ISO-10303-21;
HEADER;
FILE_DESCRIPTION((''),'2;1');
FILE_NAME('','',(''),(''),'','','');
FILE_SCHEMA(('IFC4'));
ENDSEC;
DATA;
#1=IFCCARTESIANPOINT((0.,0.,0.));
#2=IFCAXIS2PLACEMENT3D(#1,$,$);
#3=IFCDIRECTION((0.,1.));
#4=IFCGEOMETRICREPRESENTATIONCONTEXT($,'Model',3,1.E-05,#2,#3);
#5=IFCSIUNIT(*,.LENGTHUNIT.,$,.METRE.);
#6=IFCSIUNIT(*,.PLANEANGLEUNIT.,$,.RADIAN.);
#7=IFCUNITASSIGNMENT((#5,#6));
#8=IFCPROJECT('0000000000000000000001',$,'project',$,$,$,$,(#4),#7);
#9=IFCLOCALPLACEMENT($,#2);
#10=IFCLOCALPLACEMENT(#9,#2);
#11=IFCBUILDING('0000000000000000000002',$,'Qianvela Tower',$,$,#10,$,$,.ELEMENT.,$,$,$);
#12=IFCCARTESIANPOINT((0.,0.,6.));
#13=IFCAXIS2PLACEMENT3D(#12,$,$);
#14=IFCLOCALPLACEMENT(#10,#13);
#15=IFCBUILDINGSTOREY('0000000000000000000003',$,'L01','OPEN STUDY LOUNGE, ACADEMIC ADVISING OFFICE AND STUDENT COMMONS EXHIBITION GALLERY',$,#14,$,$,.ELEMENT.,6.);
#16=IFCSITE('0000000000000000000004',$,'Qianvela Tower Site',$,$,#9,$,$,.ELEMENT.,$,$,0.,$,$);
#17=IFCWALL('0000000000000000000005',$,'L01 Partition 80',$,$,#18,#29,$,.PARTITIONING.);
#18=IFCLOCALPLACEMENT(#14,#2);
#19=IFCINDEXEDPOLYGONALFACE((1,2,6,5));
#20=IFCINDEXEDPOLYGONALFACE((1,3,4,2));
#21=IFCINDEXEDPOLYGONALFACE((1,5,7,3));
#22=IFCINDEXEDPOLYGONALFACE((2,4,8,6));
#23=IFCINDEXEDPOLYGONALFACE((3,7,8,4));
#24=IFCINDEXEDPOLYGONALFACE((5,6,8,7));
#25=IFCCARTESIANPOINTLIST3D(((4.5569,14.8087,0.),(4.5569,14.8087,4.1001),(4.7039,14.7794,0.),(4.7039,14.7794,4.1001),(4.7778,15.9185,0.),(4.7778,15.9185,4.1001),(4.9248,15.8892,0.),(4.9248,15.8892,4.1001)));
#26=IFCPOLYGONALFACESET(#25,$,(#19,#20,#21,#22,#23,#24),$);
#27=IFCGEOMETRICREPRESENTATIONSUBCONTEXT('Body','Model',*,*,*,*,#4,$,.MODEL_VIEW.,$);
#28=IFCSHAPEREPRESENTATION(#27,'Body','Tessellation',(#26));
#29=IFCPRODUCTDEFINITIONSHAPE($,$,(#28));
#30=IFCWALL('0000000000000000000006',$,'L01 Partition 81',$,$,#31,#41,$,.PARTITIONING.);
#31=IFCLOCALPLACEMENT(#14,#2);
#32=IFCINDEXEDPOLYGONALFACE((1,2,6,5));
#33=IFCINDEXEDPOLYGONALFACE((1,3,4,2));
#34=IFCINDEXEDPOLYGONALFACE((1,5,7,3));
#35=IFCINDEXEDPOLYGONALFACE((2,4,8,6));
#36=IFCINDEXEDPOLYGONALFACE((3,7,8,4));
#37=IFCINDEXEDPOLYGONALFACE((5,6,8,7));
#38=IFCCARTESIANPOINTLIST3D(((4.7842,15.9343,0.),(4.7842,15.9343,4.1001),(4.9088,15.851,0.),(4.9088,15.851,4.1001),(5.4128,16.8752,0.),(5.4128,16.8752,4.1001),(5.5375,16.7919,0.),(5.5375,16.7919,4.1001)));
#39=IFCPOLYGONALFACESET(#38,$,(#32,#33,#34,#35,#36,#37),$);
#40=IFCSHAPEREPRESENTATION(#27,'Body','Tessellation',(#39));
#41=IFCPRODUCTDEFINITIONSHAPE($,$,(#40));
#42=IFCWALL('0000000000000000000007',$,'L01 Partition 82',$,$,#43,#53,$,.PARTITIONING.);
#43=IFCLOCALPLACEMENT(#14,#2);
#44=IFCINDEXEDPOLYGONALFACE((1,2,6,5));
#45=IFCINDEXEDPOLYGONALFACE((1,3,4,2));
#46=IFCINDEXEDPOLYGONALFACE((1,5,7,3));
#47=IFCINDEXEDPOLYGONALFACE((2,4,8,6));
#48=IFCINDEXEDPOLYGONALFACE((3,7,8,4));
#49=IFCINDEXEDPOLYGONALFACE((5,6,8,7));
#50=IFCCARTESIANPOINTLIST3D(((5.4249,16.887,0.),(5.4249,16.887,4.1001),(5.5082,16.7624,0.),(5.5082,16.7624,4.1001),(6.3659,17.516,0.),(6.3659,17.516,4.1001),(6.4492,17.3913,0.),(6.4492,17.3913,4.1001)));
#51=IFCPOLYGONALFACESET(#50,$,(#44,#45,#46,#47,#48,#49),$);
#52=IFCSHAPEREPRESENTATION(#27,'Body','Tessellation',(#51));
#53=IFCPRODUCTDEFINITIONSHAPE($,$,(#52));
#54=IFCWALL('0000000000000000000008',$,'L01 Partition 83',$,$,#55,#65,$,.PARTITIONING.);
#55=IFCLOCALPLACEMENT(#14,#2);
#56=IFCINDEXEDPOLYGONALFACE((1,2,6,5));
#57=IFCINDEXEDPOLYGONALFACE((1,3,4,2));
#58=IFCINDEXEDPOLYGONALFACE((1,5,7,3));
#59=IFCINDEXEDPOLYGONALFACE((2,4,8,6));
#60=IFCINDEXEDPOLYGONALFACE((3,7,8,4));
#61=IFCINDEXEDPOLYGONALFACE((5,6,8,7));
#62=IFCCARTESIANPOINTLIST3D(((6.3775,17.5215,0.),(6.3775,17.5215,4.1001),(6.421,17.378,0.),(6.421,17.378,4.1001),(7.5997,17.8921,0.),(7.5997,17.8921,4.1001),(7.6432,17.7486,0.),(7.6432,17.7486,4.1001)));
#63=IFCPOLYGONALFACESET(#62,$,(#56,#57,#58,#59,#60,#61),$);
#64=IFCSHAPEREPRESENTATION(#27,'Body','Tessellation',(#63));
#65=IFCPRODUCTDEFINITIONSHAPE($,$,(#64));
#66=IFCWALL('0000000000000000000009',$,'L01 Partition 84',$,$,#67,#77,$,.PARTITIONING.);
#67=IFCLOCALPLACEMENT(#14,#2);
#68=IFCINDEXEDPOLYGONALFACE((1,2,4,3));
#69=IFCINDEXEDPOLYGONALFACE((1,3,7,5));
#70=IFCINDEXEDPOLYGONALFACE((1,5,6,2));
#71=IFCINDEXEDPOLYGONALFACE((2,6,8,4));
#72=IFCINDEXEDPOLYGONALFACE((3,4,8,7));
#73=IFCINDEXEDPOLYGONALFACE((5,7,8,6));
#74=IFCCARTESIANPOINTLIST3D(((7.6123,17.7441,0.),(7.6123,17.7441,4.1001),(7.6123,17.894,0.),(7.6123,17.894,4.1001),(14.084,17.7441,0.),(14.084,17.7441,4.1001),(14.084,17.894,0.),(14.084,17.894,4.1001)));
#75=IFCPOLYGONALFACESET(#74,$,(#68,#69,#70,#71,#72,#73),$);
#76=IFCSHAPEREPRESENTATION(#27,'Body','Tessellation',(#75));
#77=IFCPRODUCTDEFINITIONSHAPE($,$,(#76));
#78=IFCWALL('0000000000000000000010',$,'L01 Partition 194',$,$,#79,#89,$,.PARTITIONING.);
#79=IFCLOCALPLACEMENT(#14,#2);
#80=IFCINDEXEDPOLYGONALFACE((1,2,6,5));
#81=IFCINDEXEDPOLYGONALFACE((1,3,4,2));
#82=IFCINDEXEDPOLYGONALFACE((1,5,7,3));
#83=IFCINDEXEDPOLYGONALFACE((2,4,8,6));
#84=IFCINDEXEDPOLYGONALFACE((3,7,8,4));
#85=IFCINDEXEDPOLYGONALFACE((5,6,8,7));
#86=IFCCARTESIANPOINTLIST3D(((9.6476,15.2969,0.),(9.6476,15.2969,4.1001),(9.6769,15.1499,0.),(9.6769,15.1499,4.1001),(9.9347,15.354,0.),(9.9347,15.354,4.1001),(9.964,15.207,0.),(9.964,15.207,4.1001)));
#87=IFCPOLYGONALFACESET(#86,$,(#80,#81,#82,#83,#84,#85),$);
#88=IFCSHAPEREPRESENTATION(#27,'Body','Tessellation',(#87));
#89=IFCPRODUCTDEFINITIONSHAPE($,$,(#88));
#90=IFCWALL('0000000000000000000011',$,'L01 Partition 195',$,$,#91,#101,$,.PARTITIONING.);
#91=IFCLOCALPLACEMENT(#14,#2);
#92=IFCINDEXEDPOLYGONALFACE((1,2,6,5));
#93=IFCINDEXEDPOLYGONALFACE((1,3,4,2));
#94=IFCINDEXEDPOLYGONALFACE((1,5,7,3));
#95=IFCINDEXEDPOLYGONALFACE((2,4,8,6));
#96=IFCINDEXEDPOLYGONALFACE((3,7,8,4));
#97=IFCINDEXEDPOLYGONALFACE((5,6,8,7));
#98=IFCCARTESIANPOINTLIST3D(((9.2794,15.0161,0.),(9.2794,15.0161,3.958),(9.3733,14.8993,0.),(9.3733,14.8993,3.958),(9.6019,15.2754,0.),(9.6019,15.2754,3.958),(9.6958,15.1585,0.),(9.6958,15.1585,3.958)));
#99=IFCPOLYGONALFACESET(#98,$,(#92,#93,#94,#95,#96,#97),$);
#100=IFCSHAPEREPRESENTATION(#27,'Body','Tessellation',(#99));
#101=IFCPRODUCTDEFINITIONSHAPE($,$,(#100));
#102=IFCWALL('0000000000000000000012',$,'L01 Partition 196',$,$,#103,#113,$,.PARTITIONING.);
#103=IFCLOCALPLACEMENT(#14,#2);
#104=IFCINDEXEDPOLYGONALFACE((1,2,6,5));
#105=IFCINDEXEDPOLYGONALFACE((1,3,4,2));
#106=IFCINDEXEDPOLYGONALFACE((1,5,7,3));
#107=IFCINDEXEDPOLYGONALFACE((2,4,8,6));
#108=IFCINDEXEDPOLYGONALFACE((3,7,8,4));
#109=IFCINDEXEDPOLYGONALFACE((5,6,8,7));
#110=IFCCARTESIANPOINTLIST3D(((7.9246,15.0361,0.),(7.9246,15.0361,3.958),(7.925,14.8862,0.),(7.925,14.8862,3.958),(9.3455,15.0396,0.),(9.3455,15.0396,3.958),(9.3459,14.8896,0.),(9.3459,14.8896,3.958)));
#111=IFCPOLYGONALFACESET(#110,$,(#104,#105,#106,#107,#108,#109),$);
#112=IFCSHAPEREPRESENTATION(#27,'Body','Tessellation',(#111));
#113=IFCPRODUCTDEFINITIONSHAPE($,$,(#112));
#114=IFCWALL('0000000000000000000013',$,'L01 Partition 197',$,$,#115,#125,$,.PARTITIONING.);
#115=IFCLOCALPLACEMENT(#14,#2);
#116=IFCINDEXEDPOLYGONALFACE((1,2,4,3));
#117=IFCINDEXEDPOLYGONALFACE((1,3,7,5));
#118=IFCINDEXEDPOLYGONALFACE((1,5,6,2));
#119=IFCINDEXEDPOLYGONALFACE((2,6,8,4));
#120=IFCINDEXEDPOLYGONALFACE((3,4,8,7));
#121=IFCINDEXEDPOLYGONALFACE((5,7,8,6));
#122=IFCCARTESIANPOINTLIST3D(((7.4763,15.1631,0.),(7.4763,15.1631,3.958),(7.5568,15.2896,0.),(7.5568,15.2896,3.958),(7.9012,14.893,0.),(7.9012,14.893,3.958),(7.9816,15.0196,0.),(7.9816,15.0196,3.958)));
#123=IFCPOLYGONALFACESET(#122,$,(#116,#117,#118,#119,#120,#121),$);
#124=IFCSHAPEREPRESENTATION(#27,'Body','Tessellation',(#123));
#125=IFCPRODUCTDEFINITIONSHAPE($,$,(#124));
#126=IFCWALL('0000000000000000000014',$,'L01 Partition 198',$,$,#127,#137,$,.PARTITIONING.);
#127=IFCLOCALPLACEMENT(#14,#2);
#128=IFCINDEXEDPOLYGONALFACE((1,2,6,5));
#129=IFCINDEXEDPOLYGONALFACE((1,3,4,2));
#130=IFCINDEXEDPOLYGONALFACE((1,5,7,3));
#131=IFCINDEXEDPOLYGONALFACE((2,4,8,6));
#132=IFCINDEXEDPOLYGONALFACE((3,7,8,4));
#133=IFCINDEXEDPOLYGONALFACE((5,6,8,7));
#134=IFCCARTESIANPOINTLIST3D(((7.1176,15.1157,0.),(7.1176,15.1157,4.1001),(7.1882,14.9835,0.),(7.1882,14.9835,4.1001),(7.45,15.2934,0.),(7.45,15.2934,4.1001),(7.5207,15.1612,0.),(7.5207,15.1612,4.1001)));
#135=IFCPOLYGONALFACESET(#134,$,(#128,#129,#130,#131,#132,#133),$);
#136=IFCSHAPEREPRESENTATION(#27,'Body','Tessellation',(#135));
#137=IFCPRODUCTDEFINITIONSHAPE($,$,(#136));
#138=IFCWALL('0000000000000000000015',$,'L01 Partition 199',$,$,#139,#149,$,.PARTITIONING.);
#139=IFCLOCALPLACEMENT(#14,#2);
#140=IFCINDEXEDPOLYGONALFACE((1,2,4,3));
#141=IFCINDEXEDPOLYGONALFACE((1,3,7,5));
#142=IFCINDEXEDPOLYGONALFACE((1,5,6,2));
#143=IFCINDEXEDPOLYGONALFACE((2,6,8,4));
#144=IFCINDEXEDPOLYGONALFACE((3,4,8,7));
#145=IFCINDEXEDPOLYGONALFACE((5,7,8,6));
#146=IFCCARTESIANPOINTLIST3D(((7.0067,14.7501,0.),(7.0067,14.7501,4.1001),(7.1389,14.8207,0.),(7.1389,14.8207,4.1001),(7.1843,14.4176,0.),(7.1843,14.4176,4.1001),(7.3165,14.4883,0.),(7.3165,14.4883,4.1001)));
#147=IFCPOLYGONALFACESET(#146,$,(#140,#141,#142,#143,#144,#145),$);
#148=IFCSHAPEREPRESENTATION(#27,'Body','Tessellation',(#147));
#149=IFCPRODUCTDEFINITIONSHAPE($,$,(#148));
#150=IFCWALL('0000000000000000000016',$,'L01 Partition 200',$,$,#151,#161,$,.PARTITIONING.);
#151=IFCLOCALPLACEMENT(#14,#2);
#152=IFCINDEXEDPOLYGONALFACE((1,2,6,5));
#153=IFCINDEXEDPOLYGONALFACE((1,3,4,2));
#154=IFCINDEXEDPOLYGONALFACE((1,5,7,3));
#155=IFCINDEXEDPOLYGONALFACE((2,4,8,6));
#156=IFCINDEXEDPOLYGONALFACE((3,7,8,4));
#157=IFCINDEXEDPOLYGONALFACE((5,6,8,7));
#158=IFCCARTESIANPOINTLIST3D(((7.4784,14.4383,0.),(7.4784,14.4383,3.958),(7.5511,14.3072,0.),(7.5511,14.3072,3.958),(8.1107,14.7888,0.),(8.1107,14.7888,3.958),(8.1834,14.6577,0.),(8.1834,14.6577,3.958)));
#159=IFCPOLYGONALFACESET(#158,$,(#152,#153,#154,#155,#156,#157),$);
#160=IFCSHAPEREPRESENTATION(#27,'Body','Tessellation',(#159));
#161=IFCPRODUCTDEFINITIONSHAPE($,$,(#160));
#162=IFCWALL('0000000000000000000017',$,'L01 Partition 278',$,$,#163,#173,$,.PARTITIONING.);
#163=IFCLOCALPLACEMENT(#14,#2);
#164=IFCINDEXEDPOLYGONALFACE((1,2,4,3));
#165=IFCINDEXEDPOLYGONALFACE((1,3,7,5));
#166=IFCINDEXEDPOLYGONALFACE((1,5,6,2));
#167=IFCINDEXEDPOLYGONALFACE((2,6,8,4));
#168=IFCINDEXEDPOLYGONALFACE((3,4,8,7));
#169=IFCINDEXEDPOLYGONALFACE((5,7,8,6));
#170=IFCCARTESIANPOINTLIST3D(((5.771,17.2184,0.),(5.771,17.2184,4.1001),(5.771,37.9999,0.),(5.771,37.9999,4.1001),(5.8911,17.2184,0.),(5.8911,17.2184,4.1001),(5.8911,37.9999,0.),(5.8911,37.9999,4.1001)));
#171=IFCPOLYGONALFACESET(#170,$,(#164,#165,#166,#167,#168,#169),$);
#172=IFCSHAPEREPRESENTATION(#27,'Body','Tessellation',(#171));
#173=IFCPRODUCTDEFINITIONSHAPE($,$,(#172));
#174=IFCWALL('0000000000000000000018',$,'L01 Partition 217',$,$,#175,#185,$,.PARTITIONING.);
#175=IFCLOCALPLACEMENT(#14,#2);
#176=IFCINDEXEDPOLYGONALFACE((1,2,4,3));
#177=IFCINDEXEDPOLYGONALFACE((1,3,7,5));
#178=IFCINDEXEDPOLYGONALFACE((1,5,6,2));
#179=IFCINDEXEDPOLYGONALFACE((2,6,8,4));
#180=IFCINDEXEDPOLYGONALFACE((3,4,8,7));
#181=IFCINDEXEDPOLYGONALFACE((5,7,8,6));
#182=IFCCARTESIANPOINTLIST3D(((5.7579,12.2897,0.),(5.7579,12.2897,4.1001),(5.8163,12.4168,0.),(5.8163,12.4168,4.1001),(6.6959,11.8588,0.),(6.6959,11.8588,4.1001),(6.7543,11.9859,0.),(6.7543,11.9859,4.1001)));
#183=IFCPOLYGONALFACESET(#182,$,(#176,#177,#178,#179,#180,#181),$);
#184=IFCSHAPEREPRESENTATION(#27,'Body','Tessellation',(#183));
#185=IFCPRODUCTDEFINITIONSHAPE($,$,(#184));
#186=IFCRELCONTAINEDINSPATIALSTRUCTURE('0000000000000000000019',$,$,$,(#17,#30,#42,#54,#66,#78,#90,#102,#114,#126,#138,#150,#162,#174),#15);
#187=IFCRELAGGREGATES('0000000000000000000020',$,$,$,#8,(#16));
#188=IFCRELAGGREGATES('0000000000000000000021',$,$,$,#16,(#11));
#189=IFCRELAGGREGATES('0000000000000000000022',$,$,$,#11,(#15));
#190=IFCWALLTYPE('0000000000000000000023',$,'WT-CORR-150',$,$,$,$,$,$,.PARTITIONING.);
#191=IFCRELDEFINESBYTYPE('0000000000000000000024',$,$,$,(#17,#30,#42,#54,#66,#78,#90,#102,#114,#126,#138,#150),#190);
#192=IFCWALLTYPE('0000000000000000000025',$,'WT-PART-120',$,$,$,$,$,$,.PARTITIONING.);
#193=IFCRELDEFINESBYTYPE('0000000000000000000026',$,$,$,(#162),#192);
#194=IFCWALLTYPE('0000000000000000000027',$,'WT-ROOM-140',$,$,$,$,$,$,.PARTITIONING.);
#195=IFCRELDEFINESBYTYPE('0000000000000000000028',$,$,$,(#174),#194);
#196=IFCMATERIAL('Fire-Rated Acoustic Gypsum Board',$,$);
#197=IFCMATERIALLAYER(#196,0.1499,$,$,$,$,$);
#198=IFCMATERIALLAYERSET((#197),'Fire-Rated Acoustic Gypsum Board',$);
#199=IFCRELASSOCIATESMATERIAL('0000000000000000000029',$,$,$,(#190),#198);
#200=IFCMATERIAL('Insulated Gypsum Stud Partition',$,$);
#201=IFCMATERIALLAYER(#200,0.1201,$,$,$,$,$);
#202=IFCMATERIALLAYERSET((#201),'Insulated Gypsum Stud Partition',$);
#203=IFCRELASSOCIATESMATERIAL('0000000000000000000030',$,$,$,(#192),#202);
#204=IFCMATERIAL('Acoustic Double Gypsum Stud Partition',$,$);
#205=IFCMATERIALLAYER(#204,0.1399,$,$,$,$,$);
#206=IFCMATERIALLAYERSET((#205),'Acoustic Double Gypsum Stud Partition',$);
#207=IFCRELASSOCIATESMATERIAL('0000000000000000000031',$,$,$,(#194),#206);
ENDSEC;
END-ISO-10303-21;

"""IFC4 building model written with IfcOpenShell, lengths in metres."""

from ifc_helpers import new_model, si_unit, direction, frame, frame_2d, origin, place, context, subcontext, project, spatial, rectangle, extrude, material, layer, layer_set, type_object, element, save


model = new_model("IFC4")

# Units and contexts
model_context = context("Model", 3, precision=1e-05, world=origin(), true_north=direction((0.0, 1.0)))
body_context = subcontext(model_context, "Body", "Model", "MODEL_VIEW")
ifc_project = project(units=[si_unit("LENGTHUNIT", "METRE"), si_unit("PLANEANGLEUNIT", "RADIAN")], contexts=[model_context])

# Site, building, storey
site_placement = place(None, origin())
site = spatial("IfcSite", under=ifc_project, at=site_placement, Name="Qianvela Tower Site", CompositionType="ELEMENT", RefElevation=0.0)
building_placement = place(site_placement, origin())
building = spatial("IfcBuilding", under=site, at=building_placement, Name="Qianvela Tower", CompositionType="ELEMENT")
storey_placement = place(building_placement, frame((0.0, 0.0, 6.0)))
storey = spatial("IfcBuildingStorey", under=building, at=storey_placement, Name="L01", Description="OPEN STUDY LOUNGE, ACADEMIC ADVISING OFFICE AND STUDENT COMMONS EXHIBITION GALLERY", CompositionType="ELEMENT", Elevation=6.0)

# Walls
ifc_material_1 = material(Name="Fire-Rated Acoustic Gypsum Board")
ifc_layer_1 = layer(ifc_material_1, 0.1499)
ifc_layer_set_1 = layer_set([ifc_layer_1], Name="Fire-Rated Acoustic Gypsum Board")
wall_type_1 = type_object("IfcWallType", Name="WT-CORR-150", PredefinedType="PARTITIONING", material=ifc_layer_set_1)
for number, where, z_axis, x_axis, name in (
    (1, (4.6304, 14.7939, 0.0), (0.0, 0.0, 1.0), (0.195245, 0.980755, 0.0), "L01 Partition 80"),
    (2, (4.8464, 15.8926, 0.0), (0.0, 0.0, 1.0), (0.555546, 0.831486, 0.0), "L01 Partition 81"),
):
    element("IfcWall", number, at=place(storey_placement, frame(where, z_axis=z_axis, x_axis=x_axis)), inside=storey, type_object=wall_type_1, Name=name, PredefinedType="PARTITIONING", context=body_context, shape_type="SweptSolid", body=[
        extrude(rectangle(XDim=1.1316, YDim=0.1499, at=frame_2d((0.5659, 0.0))), origin(), (0.0, 0.0, 1.0), 4.1001),
    ])
wall_1_placement = place(storey_placement, frame((5.4666, 16.8247, 0.0), z_axis=(0.0, 0.0, 1.0), x_axis=(0.831386, 0.555695, 0.0)))
element("IfcWall", 3, at=wall_1_placement, inside=storey, type_object=wall_type_1, Name="L01 Partition 82", PredefinedType="PARTITIONING", context=body_context, shape_type="SweptSolid", body=[
    extrude(rectangle(XDim=1.1318, YDim=0.1499, at=frame_2d((0.5659, 0.0))), origin(), (0.0, 0.0, 1.0), 4.1001),
])
wall_2_placement = place(storey_placement, frame((6.3992, 17.4497, 0.0), z_axis=(0.0, 0.0, 1.0), x_axis=(0.95697, 0.290188, 0.0)))
element("IfcWall", 4, at=wall_2_placement, inside=storey, type_object=wall_type_1, Name="L01 Partition 83", PredefinedType="PARTITIONING", context=body_context, shape_type="SweptSolid", body=[
    extrude(rectangle(XDim=1.2771, YDim=0.1499, at=frame_2d((0.6387, 0.0))), origin(), (0.0, 0.0, 1.0), 4.1001),
])
wall_3_placement = place(storey_placement, frame((7.6123, 17.8191, 0.0), z_axis=(0.0, 0.0, 1.0), x_axis=(1.0, 0.0, 0.0)))
element("IfcWall", 5, at=wall_3_placement, inside=storey, type_object=wall_type_1, Name="L01 Partition 84", PredefinedType="PARTITIONING", context=body_context, shape_type="SweptSolid", body=[
    extrude(rectangle(XDim=6.4717, YDim=0.1499, at=frame_2d((3.2358, 0.0))), origin(), (0.0, 0.0, 1.0), 4.1001),
])
wall_4_placement = place(storey_placement, frame((9.9495, 15.2805, 0.0), z_axis=(0.0, 0.0, 1.0), x_axis=(-0.980773, -0.195154, 0.0)))
element("IfcWall", 6, at=wall_4_placement, inside=storey, type_object=wall_type_1, Name="L01 Partition 194", PredefinedType="PARTITIONING", context=body_context, shape_type="SweptSolid", body=[
    extrude(rectangle(XDim=0.2927, YDim=0.1499, at=frame_2d((0.1465, 0.0))), origin(), (0.0, 0.0, 1.0), 4.1001),
])
wall_5_placement = place(storey_placement, frame((9.6489, 15.217, 0.0), z_axis=(0.0, 0.0, 1.0), x_axis=(-0.77937, -0.626564, 0.0)))
element("IfcWall", 7, at=wall_5_placement, inside=storey, type_object=wall_type_1, Name="L01 Partition 195", PredefinedType="PARTITIONING", context=body_context, shape_type="SweptSolid", body=[
    extrude(rectangle(XDim=0.4138, YDim=0.1499, at=frame_2d((0.207, 0.0))), origin(), (0.0, 0.0, 1.0), 3.958),
])
wall_6_placement = place(storey_placement, frame((9.3457, 14.9646, 0.0), z_axis=(0.0, 0.0, 1.0), x_axis=(-0.999997, -0.002405, 0.0)))
element("IfcWall", 8, at=wall_6_placement, inside=storey, type_object=wall_type_1, Name="L01 Partition 196", PredefinedType="PARTITIONING", context=body_context, shape_type="SweptSolid", body=[
    extrude(rectangle(XDim=1.4209, YDim=0.1499, at=frame_2d((0.7104, 0.0))), origin(), (0.0, 0.0, 1.0), 3.958),
])
wall_7_placement = place(storey_placement, frame((7.9414, 14.9563, 0.0), z_axis=(0.0, 0.0, 1.0), x_axis=(-0.843941, 0.536436, 0.0)))
element("IfcWall", 9, at=wall_7_placement, inside=storey, type_object=wall_type_1, Name="L01 Partition 197", PredefinedType="PARTITIONING", context=body_context, shape_type="SweptSolid", body=[
    extrude(rectangle(XDim=0.5034, YDim=0.1499, at=frame_2d((0.2517, 0.0))), origin(), (0.0, 0.0, 1.0), 3.958),
])
for number, where, z_axis, x_axis, name in (
    (10, (7.4854, 15.2273, 0.0), (0.0, 0.0, 1.0), (-0.881922, -0.471395, 0.0), "L01 Partition 198"),
    (11, (7.0728, 14.7854, 0.0), (0.0, 0.0, 1.0), (0.471395, -0.881922, 0.0), "L01 Partition 199"),
):
    element("IfcWall", number, at=place(storey_placement, frame(where, z_axis=z_axis, x_axis=x_axis)), inside=storey, type_object=wall_type_1, Name=name, PredefinedType="PARTITIONING", context=body_context, shape_type="SweptSolid", body=[
        extrude(rectangle(XDim=0.377, YDim=0.1499, at=frame_2d((0.1885, 0.0))), origin(), (0.0, 0.0, 1.0), 4.1001),
    ])
wall_8_placement = place(storey_placement, frame((7.5149, 14.3728, 0.0), z_axis=(0.0, 0.0, 1.0), x_axis=(0.874571, 0.484897, 0.0)))
element("IfcWall", 12, at=wall_8_placement, inside=storey, type_object=wall_type_1, Name="L01 Partition 200", PredefinedType="PARTITIONING", context=body_context, shape_type="SweptSolid", body=[
    extrude(rectangle(XDim=0.7229, YDim=0.1499, at=frame_2d((0.3613, 0.0))), origin(), (0.0, 0.0, 1.0), 3.958),
])
ifc_material_2 = material(Name="Insulated Gypsum Stud Partition")
ifc_layer_2 = layer(ifc_material_2, 0.1201)
ifc_layer_set_2 = layer_set([ifc_layer_2], Name="Insulated Gypsum Stud Partition")
wall_type_2 = type_object("IfcWallType", Name="WT-PART-120", PredefinedType="PARTITIONING", material=ifc_layer_set_2)
wall_9_placement = place(storey_placement, frame((5.8311, 17.2185, 0.0), z_axis=(0.0, 0.0, 1.0), x_axis=(0.0, 1.0, 0.0)))
element("IfcWall", 13, at=wall_9_placement, inside=storey, type_object=wall_type_2, Name="L01 Partition 278", PredefinedType="PARTITIONING", context=body_context, shape_type="SweptSolid", body=[
    extrude(rectangle(XDim=20.7815, YDim=0.1201, at=frame_2d((10.3906, 0.0))), origin(), (0.0, 0.0, 1.0), 4.1001),
])
ifc_material_3 = material(Name="Acoustic Double Gypsum Stud Partition")
ifc_layer_3 = layer(ifc_material_3, 0.1399)
ifc_layer_set_3 = layer_set([ifc_layer_3], Name="Acoustic Double Gypsum Stud Partition")
wall_type_3 = type_object("IfcWallType", Name="WT-ROOM-140", PredefinedType="PARTITIONING", material=ifc_layer_set_3)
wall_10_placement = place(storey_placement, frame((5.7871, 12.3533, 0.0), z_axis=(0.0, 0.0, 1.0), x_axis=(0.908699, -0.417453, 0.0)))
element("IfcWall", 14, at=wall_10_placement, inside=storey, type_object=wall_type_3, Name="L01 Partition 217", PredefinedType="PARTITIONING", context=body_context, shape_type="SweptSolid", body=[
    extrude(rectangle(XDim=1.0322, YDim=0.1399, at=frame_2d((0.5161, 0.0))), origin(), (0.0, 0.0, 1.0), 4.1001),
])

save(model, "model.ifc")
